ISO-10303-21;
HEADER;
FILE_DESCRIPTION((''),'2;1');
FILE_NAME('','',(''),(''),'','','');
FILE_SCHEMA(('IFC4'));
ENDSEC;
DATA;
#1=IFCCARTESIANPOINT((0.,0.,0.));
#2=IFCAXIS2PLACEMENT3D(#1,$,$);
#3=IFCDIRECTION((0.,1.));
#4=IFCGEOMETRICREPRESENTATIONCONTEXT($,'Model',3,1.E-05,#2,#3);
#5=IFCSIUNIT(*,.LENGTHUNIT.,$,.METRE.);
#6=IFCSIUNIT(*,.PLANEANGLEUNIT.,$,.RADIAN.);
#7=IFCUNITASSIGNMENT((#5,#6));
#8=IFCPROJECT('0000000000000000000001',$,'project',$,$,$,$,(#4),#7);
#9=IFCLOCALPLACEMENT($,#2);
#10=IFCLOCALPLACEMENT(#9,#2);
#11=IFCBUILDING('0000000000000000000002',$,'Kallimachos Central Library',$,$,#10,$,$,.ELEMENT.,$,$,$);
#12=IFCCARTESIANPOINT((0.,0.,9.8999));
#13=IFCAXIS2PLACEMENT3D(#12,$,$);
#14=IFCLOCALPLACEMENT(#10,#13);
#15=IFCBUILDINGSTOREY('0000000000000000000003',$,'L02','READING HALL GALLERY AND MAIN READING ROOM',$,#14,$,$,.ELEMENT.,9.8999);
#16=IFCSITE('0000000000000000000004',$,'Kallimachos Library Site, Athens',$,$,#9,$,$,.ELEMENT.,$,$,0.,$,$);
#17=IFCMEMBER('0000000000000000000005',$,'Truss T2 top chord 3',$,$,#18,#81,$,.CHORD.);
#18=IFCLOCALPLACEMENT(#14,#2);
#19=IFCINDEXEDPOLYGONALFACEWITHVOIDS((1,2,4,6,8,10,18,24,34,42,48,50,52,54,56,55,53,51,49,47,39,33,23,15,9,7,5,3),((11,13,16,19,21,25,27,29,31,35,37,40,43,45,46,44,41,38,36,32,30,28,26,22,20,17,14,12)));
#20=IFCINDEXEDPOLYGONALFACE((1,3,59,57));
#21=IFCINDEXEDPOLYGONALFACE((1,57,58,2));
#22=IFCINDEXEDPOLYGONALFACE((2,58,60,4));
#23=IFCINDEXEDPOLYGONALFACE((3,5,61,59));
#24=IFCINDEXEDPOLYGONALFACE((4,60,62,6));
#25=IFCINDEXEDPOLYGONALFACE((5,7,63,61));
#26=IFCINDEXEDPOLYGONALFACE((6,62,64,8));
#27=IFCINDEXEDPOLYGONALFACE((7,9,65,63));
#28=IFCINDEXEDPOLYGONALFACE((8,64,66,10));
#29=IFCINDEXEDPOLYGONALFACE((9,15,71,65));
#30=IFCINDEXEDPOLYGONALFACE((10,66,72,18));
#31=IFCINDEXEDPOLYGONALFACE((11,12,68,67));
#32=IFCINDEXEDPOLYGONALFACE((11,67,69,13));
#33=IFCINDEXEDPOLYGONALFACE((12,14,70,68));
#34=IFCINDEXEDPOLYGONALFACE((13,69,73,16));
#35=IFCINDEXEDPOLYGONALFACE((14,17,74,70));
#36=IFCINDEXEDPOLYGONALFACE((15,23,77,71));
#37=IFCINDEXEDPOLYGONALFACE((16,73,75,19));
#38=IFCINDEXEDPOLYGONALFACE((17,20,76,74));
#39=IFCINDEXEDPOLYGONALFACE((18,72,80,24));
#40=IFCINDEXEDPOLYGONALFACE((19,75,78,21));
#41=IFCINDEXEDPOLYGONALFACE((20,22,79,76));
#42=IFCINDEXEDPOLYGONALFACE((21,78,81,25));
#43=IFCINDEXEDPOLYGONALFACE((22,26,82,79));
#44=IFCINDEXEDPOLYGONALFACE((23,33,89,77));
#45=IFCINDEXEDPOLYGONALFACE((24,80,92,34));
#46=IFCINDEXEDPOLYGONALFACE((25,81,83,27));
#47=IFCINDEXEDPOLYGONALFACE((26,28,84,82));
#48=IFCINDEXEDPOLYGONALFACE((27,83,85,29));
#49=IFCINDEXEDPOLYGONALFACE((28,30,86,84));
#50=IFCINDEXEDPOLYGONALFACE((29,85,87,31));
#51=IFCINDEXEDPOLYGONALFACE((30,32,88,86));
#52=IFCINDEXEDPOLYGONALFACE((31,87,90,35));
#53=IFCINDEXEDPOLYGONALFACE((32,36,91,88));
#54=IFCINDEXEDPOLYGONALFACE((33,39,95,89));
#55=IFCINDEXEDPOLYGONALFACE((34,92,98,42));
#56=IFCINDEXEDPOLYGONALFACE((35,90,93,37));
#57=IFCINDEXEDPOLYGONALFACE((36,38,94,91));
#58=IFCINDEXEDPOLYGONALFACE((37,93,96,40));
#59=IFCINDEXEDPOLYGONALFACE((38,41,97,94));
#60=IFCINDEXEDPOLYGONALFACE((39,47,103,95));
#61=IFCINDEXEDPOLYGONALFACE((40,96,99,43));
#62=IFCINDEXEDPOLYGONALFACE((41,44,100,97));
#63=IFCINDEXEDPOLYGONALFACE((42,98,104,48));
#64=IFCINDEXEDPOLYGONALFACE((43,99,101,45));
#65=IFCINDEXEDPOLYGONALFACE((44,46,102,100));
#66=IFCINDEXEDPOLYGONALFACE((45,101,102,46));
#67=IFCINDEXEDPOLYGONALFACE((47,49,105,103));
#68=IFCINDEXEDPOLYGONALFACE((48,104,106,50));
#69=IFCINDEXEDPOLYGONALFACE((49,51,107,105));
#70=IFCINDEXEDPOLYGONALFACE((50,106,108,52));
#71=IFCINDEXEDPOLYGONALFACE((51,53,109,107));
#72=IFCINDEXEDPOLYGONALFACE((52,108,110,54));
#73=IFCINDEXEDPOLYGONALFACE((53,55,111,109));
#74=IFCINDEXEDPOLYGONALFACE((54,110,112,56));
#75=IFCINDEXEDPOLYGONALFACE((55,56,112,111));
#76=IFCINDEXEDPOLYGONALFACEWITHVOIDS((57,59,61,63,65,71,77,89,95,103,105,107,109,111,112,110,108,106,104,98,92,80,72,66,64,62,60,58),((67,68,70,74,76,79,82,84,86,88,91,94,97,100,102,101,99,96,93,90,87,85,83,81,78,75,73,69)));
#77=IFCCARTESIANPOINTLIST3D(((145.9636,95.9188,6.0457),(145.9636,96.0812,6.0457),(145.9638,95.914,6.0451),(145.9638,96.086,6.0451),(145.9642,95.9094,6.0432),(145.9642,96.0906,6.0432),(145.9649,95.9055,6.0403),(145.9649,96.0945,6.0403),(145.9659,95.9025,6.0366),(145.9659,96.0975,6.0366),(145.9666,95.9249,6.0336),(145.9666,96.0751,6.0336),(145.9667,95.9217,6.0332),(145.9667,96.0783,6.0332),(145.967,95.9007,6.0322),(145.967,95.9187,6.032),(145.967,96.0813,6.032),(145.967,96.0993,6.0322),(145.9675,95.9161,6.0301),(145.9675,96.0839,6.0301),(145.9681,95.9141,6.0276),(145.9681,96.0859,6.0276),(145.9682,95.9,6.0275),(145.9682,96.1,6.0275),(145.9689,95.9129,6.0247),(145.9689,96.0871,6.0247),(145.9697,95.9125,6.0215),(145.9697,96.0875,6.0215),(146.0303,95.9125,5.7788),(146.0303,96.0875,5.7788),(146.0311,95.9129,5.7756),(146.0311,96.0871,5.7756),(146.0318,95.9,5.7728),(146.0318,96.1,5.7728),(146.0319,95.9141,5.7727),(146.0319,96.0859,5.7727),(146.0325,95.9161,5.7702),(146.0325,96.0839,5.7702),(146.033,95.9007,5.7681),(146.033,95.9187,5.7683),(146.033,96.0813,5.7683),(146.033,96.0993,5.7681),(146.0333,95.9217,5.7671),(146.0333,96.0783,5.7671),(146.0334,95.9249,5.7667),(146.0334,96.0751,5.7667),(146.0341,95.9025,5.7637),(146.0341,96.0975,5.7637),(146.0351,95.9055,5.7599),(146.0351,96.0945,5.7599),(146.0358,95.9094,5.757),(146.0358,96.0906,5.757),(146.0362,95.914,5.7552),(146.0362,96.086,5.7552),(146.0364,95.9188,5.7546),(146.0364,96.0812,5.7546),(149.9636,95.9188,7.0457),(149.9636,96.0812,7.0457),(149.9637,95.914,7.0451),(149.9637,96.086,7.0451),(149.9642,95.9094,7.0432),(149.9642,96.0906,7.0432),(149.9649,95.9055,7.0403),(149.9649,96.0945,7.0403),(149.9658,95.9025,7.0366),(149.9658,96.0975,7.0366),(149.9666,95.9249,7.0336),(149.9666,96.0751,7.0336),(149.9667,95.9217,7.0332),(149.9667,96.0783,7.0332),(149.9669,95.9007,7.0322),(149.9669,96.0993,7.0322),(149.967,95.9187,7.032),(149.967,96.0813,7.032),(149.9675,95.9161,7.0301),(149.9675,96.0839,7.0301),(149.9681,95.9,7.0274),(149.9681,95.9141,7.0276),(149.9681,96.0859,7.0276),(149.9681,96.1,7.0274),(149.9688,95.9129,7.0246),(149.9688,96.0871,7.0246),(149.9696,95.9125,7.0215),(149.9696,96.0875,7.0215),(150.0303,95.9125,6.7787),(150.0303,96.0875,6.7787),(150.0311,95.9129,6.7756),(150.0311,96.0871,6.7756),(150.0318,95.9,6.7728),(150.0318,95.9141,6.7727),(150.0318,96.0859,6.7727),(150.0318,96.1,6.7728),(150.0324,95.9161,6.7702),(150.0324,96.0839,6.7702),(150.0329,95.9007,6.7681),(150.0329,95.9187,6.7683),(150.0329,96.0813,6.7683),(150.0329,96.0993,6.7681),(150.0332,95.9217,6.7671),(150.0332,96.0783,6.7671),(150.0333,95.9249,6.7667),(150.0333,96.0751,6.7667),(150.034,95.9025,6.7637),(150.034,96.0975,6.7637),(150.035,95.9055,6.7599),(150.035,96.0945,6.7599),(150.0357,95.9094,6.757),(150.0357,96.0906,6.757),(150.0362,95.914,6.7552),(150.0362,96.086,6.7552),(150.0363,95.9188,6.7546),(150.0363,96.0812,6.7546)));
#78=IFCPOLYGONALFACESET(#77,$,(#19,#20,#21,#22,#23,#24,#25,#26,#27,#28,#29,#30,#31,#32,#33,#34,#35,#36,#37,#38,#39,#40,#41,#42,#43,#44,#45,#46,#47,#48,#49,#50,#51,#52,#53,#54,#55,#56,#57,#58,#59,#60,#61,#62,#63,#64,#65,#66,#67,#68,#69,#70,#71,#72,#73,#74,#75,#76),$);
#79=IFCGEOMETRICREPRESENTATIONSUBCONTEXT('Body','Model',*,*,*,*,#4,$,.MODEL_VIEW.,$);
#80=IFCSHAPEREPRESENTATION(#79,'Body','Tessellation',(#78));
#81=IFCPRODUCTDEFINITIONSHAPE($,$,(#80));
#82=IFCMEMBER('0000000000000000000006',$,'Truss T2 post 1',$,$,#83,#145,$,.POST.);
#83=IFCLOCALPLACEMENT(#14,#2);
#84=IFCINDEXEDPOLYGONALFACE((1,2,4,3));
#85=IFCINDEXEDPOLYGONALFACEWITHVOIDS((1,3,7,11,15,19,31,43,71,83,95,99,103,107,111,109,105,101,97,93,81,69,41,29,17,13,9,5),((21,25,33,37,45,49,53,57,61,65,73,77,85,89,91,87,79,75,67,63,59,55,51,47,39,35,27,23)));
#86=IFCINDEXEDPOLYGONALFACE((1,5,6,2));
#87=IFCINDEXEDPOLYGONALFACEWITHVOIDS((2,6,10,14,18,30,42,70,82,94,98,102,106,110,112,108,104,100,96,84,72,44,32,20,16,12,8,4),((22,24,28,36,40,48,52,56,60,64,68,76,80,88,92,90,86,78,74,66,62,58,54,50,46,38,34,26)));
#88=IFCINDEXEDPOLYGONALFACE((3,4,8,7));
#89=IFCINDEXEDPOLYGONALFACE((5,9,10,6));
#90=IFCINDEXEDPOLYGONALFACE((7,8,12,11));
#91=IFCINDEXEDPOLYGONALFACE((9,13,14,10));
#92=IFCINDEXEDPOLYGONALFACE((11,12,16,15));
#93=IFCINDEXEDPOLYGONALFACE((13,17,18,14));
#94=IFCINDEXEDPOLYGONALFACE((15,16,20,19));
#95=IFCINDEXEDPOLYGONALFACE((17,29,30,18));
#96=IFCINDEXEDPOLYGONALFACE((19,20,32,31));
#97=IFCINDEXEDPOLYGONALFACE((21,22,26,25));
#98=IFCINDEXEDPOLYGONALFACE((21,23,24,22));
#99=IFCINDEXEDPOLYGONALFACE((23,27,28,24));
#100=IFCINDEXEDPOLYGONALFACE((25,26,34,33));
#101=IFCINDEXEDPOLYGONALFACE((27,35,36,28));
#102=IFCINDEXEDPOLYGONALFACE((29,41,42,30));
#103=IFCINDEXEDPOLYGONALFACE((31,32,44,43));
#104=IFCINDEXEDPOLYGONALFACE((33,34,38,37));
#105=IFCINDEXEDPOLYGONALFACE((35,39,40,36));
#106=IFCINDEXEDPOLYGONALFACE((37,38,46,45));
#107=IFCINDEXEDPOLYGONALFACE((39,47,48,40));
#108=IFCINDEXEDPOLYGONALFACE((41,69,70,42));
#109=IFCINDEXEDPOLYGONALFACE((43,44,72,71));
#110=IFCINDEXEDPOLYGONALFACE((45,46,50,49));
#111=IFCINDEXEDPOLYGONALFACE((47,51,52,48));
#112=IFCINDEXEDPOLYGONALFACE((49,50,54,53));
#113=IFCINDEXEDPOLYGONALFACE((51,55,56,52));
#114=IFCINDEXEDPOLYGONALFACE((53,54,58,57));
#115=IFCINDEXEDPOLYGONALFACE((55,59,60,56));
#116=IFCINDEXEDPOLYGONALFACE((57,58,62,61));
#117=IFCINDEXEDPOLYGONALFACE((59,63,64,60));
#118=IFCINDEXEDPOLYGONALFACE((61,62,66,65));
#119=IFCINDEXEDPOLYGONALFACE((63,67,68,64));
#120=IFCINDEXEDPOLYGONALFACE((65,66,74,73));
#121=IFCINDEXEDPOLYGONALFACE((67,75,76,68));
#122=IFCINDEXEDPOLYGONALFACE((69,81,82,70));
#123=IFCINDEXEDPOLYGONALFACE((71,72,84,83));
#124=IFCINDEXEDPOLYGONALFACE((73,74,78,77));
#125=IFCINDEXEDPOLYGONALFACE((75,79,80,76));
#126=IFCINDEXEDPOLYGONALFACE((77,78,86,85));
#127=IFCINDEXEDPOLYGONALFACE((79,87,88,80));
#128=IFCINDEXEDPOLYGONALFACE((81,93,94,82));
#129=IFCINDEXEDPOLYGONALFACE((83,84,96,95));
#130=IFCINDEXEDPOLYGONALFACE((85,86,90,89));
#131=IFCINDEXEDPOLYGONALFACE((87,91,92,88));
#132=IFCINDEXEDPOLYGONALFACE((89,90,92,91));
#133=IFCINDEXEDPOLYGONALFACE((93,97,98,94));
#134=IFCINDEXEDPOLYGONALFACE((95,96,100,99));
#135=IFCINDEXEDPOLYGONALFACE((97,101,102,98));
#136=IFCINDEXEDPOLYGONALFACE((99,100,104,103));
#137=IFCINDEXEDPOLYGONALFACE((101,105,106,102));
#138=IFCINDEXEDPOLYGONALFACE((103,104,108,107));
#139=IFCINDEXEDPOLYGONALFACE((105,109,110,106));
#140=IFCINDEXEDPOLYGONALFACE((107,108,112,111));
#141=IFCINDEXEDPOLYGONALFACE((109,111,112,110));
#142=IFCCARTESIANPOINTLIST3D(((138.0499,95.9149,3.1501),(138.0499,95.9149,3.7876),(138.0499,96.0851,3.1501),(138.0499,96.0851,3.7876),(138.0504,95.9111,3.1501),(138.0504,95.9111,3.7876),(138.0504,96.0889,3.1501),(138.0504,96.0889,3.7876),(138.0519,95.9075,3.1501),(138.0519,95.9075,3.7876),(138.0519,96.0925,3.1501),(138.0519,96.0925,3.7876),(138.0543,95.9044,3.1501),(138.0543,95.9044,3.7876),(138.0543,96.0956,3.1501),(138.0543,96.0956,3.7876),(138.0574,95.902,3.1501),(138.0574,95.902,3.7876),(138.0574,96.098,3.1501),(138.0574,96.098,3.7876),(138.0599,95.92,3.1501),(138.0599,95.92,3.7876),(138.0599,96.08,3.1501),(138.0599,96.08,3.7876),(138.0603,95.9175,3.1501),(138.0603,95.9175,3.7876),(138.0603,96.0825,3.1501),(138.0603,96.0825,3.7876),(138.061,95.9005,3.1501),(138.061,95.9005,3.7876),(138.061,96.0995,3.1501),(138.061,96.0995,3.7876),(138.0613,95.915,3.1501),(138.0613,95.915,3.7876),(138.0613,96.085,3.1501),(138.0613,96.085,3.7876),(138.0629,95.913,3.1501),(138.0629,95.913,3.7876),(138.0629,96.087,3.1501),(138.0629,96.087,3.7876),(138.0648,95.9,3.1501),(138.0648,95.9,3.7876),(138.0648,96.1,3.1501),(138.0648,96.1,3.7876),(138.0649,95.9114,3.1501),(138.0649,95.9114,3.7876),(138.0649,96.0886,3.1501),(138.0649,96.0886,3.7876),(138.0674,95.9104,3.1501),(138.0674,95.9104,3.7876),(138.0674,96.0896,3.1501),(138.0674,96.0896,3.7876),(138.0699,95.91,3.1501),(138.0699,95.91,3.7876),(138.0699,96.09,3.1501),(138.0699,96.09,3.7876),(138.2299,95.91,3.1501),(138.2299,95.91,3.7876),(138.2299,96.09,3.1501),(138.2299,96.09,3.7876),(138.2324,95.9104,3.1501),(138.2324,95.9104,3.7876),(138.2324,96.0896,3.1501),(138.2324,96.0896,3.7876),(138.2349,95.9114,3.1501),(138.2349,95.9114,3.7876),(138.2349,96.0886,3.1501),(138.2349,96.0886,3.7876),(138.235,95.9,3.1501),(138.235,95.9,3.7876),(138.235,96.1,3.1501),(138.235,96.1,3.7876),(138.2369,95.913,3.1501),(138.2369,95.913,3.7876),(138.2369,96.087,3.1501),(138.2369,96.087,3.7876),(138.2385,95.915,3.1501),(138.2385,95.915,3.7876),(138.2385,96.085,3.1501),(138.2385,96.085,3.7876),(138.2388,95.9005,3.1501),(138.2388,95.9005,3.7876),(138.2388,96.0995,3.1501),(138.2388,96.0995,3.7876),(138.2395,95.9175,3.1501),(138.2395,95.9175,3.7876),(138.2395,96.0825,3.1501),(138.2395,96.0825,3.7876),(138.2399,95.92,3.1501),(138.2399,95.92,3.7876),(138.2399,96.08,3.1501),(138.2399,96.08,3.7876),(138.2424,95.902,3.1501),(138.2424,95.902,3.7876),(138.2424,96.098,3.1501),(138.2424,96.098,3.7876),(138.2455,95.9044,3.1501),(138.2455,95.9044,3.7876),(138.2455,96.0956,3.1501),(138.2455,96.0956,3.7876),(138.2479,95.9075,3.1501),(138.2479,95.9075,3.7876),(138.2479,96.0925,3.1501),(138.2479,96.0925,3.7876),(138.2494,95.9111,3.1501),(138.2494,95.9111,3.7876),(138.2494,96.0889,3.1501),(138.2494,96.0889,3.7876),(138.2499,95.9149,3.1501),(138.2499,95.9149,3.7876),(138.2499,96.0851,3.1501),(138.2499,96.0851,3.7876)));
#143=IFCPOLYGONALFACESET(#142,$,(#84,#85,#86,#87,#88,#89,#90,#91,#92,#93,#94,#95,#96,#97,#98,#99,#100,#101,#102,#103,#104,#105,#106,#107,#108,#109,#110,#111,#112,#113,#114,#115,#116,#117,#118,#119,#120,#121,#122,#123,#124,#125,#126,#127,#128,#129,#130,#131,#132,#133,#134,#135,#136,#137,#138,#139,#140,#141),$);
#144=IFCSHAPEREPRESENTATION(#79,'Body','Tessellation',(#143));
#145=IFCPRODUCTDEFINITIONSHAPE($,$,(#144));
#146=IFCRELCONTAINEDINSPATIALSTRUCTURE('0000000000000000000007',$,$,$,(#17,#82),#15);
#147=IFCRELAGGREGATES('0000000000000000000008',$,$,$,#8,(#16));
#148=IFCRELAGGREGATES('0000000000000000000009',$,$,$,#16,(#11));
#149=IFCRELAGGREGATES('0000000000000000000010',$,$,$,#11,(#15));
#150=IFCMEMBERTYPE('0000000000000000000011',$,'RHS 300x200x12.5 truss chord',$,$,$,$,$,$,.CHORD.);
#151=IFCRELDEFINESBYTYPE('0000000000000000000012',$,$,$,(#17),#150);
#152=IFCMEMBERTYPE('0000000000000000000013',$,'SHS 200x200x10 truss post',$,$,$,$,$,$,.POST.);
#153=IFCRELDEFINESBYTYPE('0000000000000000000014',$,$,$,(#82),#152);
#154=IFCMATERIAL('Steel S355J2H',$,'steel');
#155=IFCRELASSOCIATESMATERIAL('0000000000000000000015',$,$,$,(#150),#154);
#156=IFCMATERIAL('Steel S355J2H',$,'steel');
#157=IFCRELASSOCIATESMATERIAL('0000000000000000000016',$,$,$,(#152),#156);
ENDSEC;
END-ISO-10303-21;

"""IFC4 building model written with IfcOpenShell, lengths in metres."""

from ifc_helpers import new_model, si_unit, direction, frame, origin, origin_2d, place, context, subcontext, project, spatial, hollow_rectangle, extrude, material, material_profile, profile_set, type_object, element, save


model = new_model("IFC4")

# Units and contexts
model_context = context("Model", 3, precision=1e-05, world=origin(), true_north=direction((0.0, 1.0)))
body_context = subcontext(model_context, "Body", "Model", "MODEL_VIEW")
ifc_project = project(units=[si_unit("LENGTHUNIT", "METRE"), si_unit("PLANEANGLEUNIT", "RADIAN")], contexts=[model_context])

# Site, building, storey
site_placement = place(None, origin())
site = spatial("IfcSite", under=ifc_project, at=site_placement, Name="Kallimachos Library Site, Athens", CompositionType="ELEMENT", RefElevation=0.0)
building_placement = place(site_placement, origin())
building = spatial("IfcBuilding", under=site, at=building_placement, Name="Kallimachos Central Library", CompositionType="ELEMENT")
storey_placement = place(building_placement, frame((0.0, 0.0, 9.8999)))
storey = spatial("IfcBuildingStorey", under=building, at=storey_placement, Name="L02", Description="READING HALL GALLERY AND MAIN READING ROOM", CompositionType="ELEMENT", Elevation=9.8999)

# Members
ifc_material_1 = material(Name="Steel S355J2H", Category="steel")
ifc_material_profile_1 = material_profile(ifc_material_1, hollow_rectangle(XDim=0.2, YDim=0.3, WallThickness=0.0125, InnerFilletRadius=0.0125, OuterFilletRadius=0.0188, at=origin_2d()), Name="RHS 300x200x12.5")
ifc_profile_set_1 = profile_set([ifc_material_profile_1], Name="Steel S355J2H")
member_type_1 = type_object("IfcMemberType", Name="RHS 300x200x12.5 truss chord", PredefinedType="CHORD", material=ifc_profile_set_1)
for number, where, z_axis, x_axis, name in (
    (1, (146.0, 96.0, 5.9001), (0.970143, 0.0, 0.242536), (0.0, 1.0, 0.0), "Truss T2 top chord 3"),
):
    element("IfcMember", number, at=place(storey_placement, frame(where, z_axis=z_axis, x_axis=x_axis)), inside=storey, type_object=member_type_1, Name=name, PredefinedType="CHORD", context=body_context, shape_type="SweptSolid", body=[
        extrude(hollow_rectangle(XDim=0.2, YDim=0.3, WallThickness=0.0125, InnerFilletRadius=0.0125, OuterFilletRadius=0.0188, at=origin_2d()), origin(), (0.0, 0.0, 1.0), 4.123),
    ])
ifc_material_2 = material(Name="Steel S355J2H", Category="steel")
ifc_material_profile_2 = material_profile(ifc_material_2, hollow_rectangle(XDim=0.2, YDim=0.2, WallThickness=0.01, InnerFilletRadius=0.01, OuterFilletRadius=0.0149, at=origin_2d()), Name="SHS 200x200x10")
ifc_profile_set_2 = profile_set([ifc_material_profile_2], Name="Steel S355J2H")
member_type_2 = type_object("IfcMemberType", Name="SHS 200x200x10 truss post", PredefinedType="POST", material=ifc_profile_set_2)
member_1_placement = place(storey_placement, frame((138.1499, 96.0, 3.1501), z_axis=(0.0, 0.0, 1.0), x_axis=(1.0, 0.0, 0.0)))
element("IfcMember", 2, at=member_1_placement, inside=storey, type_object=member_type_2, Name="Truss T2 post 1", PredefinedType="POST", context=body_context, shape_type="SweptSolid", body=[
    extrude(hollow_rectangle(XDim=0.2, YDim=0.2, WallThickness=0.01, InnerFilletRadius=0.01, OuterFilletRadius=0.0149, at=origin_2d()), origin(), (0.0, 0.0, 1.0), 0.6375),
])

save(model, "model.ifc")
